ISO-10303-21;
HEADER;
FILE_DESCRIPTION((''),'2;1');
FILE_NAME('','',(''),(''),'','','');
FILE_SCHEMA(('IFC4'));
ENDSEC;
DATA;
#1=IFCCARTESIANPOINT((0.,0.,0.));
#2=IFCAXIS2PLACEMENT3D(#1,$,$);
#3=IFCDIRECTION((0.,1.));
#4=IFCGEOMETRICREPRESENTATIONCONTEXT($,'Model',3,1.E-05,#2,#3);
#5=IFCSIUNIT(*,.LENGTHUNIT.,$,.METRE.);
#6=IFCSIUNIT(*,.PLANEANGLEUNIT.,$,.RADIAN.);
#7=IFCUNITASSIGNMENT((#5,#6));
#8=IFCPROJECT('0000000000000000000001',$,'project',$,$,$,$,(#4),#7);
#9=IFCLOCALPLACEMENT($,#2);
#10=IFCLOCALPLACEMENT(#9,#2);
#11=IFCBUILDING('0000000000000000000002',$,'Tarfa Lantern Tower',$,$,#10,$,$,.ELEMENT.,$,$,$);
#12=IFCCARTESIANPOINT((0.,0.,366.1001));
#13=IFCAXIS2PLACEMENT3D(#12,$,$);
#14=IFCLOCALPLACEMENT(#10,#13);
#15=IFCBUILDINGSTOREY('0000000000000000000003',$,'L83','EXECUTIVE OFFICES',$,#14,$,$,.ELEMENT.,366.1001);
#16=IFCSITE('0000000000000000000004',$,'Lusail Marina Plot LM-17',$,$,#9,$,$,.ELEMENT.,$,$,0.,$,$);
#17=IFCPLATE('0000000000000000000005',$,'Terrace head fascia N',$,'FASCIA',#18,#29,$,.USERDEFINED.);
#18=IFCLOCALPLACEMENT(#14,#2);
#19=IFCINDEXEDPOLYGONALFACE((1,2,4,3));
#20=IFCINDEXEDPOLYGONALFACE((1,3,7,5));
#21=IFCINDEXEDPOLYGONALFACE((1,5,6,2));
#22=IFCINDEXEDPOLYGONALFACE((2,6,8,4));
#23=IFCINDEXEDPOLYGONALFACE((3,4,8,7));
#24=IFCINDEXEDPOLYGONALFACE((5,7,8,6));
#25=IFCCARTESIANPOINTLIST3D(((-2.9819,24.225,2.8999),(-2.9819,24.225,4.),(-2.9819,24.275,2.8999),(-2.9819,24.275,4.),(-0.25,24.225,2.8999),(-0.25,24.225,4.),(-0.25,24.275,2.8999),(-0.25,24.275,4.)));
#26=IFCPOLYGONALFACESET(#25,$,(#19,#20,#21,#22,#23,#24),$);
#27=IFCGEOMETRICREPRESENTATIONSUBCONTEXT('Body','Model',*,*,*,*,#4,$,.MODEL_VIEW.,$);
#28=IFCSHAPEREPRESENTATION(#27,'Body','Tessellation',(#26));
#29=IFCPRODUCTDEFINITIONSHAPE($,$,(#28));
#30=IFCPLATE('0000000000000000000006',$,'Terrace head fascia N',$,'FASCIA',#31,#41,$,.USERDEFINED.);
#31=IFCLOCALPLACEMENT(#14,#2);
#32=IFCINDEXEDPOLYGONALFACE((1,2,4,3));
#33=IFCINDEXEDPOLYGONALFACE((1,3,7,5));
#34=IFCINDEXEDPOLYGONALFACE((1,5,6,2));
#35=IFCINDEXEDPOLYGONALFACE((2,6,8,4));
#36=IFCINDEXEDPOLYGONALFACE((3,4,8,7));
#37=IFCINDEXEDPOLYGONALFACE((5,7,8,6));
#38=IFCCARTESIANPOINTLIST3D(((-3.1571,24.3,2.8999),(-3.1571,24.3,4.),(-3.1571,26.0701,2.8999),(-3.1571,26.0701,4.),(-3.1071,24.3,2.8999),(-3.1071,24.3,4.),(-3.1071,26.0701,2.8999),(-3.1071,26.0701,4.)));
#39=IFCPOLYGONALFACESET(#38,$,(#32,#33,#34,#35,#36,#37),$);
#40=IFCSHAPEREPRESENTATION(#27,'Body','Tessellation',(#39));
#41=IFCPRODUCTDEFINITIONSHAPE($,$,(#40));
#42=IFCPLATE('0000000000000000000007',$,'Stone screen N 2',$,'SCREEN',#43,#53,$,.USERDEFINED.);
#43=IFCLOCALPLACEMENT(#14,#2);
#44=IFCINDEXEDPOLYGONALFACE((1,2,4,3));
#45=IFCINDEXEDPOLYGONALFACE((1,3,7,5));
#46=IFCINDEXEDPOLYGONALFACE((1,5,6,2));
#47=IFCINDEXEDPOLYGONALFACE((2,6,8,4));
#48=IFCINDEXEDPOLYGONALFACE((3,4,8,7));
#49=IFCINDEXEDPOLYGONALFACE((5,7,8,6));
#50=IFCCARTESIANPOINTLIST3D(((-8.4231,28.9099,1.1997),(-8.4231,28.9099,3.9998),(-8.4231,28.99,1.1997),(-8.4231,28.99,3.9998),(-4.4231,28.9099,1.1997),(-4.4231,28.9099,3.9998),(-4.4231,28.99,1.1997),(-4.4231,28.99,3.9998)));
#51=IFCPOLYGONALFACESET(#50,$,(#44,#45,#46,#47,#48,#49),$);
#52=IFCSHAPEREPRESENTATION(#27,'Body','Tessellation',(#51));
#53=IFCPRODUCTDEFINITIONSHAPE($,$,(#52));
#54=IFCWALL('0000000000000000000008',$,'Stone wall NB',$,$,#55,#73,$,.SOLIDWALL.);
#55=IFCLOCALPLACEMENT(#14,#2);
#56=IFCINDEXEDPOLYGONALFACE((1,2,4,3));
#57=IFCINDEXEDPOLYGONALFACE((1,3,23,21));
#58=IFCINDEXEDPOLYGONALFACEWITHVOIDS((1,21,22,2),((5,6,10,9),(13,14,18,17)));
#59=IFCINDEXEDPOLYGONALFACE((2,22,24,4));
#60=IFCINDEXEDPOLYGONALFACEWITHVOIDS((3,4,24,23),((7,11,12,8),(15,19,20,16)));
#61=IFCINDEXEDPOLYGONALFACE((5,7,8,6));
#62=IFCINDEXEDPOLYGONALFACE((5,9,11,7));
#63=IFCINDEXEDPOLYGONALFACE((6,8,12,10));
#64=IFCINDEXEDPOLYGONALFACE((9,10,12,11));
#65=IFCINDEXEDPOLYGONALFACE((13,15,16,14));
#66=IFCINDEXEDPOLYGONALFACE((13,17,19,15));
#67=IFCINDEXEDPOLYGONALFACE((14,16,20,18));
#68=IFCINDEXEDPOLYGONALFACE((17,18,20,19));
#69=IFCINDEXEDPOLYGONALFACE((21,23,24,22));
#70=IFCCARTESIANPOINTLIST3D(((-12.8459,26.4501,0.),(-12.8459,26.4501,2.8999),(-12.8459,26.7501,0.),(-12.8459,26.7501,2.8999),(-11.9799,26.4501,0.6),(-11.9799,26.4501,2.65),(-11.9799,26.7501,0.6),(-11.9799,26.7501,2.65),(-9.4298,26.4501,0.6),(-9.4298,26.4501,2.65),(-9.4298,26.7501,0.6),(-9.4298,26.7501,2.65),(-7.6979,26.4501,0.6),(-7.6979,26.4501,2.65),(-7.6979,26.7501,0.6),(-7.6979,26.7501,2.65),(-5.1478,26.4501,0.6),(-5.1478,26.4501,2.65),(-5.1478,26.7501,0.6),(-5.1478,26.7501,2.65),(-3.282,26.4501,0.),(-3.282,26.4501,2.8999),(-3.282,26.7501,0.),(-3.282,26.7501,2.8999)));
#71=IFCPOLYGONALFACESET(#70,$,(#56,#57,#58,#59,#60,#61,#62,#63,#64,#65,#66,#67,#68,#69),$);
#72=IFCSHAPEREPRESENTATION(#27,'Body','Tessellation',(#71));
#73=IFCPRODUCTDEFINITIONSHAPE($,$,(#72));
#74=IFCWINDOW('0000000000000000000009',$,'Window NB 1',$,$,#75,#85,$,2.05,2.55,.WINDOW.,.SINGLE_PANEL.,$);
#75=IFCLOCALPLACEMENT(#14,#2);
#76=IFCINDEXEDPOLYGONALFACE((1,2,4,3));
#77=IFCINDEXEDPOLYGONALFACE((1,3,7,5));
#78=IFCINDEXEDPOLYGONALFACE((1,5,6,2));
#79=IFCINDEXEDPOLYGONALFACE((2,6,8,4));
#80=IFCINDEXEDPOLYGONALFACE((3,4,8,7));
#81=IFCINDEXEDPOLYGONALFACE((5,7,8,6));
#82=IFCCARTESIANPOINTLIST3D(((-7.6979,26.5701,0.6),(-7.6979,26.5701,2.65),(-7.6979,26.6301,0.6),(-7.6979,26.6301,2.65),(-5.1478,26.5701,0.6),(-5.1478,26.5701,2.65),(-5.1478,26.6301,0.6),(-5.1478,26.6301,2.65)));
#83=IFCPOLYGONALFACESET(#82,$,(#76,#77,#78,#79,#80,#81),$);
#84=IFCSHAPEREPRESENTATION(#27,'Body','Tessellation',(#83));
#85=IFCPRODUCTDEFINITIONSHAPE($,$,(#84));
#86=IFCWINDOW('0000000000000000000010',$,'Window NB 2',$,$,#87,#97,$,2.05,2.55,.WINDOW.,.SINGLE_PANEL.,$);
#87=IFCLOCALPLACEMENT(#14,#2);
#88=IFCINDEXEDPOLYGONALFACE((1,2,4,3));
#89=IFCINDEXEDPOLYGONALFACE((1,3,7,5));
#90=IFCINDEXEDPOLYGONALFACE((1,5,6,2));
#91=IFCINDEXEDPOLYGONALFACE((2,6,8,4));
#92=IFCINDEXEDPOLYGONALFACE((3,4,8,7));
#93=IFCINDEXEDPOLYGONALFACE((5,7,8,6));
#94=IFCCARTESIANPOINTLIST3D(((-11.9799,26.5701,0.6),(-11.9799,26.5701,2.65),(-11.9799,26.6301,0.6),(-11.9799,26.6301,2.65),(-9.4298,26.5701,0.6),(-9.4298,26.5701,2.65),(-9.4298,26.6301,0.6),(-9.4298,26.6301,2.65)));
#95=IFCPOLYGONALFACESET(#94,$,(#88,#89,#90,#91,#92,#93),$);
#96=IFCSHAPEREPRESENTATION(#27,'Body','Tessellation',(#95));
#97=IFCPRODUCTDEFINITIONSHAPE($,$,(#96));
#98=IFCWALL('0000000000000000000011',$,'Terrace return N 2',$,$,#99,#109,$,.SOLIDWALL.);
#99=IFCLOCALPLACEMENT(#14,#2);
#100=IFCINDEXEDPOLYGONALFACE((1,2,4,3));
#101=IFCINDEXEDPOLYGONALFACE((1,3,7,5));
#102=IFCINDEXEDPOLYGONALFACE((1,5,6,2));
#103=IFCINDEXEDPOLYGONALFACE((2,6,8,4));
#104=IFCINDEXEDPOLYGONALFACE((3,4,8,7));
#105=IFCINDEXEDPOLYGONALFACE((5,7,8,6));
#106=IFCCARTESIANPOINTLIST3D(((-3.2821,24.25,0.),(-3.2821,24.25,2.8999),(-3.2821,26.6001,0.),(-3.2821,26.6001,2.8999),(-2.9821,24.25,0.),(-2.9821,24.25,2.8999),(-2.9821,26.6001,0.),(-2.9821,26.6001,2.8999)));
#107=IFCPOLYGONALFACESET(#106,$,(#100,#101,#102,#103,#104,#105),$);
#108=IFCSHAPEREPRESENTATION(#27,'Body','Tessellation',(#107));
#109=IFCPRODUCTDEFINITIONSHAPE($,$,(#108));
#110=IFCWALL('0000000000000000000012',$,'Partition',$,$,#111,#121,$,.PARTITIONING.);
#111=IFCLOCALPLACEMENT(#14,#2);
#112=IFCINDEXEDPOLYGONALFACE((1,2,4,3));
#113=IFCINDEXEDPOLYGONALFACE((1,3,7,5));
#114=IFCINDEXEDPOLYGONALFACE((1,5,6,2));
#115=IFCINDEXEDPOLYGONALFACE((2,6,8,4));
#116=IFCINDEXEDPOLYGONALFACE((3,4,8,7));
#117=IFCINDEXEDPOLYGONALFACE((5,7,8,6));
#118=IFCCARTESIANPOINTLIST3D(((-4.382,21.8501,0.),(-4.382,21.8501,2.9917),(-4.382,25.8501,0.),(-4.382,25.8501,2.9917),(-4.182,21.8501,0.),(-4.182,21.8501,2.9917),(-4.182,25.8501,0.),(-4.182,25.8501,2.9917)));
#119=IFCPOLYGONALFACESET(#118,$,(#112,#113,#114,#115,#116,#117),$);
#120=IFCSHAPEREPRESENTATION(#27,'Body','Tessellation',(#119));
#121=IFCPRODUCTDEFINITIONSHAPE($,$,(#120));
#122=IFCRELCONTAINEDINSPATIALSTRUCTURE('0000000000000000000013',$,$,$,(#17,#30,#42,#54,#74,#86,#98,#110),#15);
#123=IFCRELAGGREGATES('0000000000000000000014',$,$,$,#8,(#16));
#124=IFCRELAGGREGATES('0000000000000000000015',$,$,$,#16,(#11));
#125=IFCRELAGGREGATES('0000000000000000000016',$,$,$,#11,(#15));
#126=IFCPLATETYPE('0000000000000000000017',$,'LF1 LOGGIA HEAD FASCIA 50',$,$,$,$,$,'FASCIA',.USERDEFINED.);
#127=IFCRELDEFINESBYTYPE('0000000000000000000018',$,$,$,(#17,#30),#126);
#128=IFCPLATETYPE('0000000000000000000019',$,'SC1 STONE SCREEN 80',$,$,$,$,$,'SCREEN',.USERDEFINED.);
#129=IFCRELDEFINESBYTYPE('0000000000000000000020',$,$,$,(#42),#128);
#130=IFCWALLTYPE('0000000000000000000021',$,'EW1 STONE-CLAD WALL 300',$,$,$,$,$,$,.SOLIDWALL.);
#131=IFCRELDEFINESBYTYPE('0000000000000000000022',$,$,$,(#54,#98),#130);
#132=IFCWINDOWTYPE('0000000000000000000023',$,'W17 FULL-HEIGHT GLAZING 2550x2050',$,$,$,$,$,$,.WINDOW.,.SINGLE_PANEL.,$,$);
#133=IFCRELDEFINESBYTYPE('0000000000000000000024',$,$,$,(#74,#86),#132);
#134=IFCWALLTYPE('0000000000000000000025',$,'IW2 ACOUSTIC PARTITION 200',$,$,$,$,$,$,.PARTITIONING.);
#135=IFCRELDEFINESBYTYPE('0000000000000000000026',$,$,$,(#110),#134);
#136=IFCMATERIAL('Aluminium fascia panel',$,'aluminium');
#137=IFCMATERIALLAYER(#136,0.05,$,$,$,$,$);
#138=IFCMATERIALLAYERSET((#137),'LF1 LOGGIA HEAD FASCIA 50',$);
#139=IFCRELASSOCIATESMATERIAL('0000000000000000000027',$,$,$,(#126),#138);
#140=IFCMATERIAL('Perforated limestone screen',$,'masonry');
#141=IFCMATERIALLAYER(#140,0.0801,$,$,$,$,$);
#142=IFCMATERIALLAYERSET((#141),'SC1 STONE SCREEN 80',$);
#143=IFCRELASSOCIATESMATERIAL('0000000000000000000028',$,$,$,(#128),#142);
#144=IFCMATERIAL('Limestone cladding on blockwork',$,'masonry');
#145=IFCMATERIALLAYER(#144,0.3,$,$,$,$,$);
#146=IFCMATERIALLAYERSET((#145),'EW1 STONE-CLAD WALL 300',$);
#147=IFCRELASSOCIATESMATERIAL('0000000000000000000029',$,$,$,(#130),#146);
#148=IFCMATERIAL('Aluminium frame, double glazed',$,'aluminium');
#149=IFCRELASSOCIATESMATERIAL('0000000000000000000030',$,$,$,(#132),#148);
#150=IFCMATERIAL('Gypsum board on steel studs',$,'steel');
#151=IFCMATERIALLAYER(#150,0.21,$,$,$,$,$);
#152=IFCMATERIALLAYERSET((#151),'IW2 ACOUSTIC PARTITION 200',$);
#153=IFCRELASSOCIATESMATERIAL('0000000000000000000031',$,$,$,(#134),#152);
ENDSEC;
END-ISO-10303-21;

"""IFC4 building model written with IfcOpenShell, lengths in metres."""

from ifc_helpers import new_model, si_unit, direction, frame, frame_2d, origin, origin_2d, place, context, subcontext, project, spatial, rectangle, extrude, material, layer, layer_set, type_object, element, fill, save


model = new_model("IFC4")

# Units and contexts
model_context = context("Model", 3, precision=1e-05, world=origin(), true_north=direction((0.0, 1.0)))
body_context = subcontext(model_context, "Body", "Model", "MODEL_VIEW")
ifc_project = project(units=[si_unit("LENGTHUNIT", "METRE"), si_unit("PLANEANGLEUNIT", "RADIAN")], contexts=[model_context])

# Site, building, storey
site_placement = place(None, origin())
site = spatial("IfcSite", under=ifc_project, at=site_placement, Name="Lusail Marina Plot LM-17", CompositionType="ELEMENT", RefElevation=0.0)
building_placement = place(site_placement, origin())
building = spatial("IfcBuilding", under=site, at=building_placement, Name="Tarfa Lantern Tower", CompositionType="ELEMENT")
storey_placement = place(building_placement, frame((0.0, 0.0, 366.1001)))
storey = spatial("IfcBuildingStorey", under=building, at=storey_placement, Name="L83", Description="EXECUTIVE OFFICES", CompositionType="ELEMENT", Elevation=366.1001)

# Plates
ifc_material_1 = material(Name="Aluminium fascia panel", Category="aluminium")
ifc_layer_1 = layer(ifc_material_1, 0.05)
ifc_layer_set_1 = layer_set([ifc_layer_1], Name="LF1 LOGGIA HEAD FASCIA 50")
plate_type_1 = type_object("IfcPlateType", Name="LF1 LOGGIA HEAD FASCIA 50", ElementType="FASCIA", PredefinedType="USERDEFINED", material=ifc_layer_set_1)
plate_1_placement = place(storey_placement, frame((-1.616, 24.25, 2.8999), z_axis=(0.0, 0.0, 1.0), x_axis=(-1.0, 0.0, 0.0)))
element("IfcPlate", 1, at=plate_1_placement, inside=storey, type_object=plate_type_1, Name="Terrace head fascia N", ObjectType="FASCIA", PredefinedType="USERDEFINED", context=body_context, shape_type="SweptSolid", body=[
    extrude(rectangle(XDim=2.7319, YDim=0.05, at=origin_2d()), origin(), (0.0, 0.0, 1.0), 1.1001),
])
plate_2_placement = place(storey_placement, frame((-3.1321, 25.1851, 2.8999), z_axis=(0.0, 0.0, 1.0), x_axis=(0.0, -1.0, 0.0)))
element("IfcPlate", 2, at=plate_2_placement, inside=storey, type_object=plate_type_1, Name="Terrace head fascia N", ObjectType="FASCIA", PredefinedType="USERDEFINED", context=body_context, shape_type="SweptSolid", body=[
    extrude(rectangle(XDim=1.77, YDim=0.05, at=origin_2d()), origin(), (0.0, 0.0, 1.0), 1.1001),
])
ifc_material_2 = material(Name="Perforated limestone screen", Category="masonry")
ifc_layer_2 = layer(ifc_material_2, 0.0801)
ifc_layer_set_2 = layer_set([ifc_layer_2], Name="SC1 STONE SCREEN 80")
plate_type_2 = type_object("IfcPlateType", Name="SC1 STONE SCREEN 80", ElementType="SCREEN", PredefinedType="USERDEFINED", material=ifc_layer_set_2)
plate_3_placement = place(storey_placement, frame((-6.4231, 28.95, 1.1997), z_axis=(0.0, 0.0, 1.0), x_axis=(-1.0, 0.0, 0.0)))
element("IfcPlate", 3, at=plate_3_placement, inside=storey, type_object=plate_type_2, Name="Stone screen N 2", ObjectType="SCREEN", PredefinedType="USERDEFINED", context=body_context, shape_type="SweptSolid", body=[
    extrude(rectangle(XDim=4.0, YDim=0.0801, at=origin_2d()), origin(), (0.0, 0.0, 1.0), 2.8),
])

# Wall, openings, windows
ifc_material_3 = material(Name="Limestone cladding on blockwork", Category="masonry")
ifc_layer_3 = layer(ifc_material_3, 0.3)
ifc_layer_set_3 = layer_set([ifc_layer_3], Name="EW1 STONE-CLAD WALL 300")
wall_type_1 = type_object("IfcWallType", Name="EW1 STONE-CLAD WALL 300", PredefinedType="SOLIDWALL", material=ifc_layer_set_3)
wall_1_placement = place(storey_placement, frame((-3.282, 26.6001, 0.0), z_axis=(0.0, 0.0, 1.0), x_axis=(-1.0, 0.0, 0.0)))
wall_1 = element("IfcWall", 4, at=wall_1_placement, inside=storey, type_object=wall_type_1, Name="Stone wall NB", PredefinedType="SOLIDWALL", context=body_context, shape_type="SweptSolid", body=[
    extrude(rectangle(XDim=9.564, YDim=0.3, at=frame_2d((4.782, 0.0))), origin(), (0.0, 0.0, 1.0), 2.8999),
])
opening_1_placement = place(wall_1_placement, frame((1.866, 0.0, 0.6001)))
opening_1 = element("IfcOpeningElement", 5, at=opening_1_placement, cuts=wall_1, PredefinedType="OPENING", context=body_context, shape_type="SweptSolid", body=[
    extrude(rectangle(XDim=2.55, YDim=2.05, at=frame_2d((1.2749, 1.0249))), frame((0.0, 0.1599, 0.0), z_axis=(0.0, -1.0, 0.0), x_axis=(1.0, 0.0, 0.0)), (0.0, 0.0, 1.0), 0.3201),
])
opening_2_placement = place(wall_1_placement, frame((6.1479, 0.0, 0.6001)))
opening_2 = element("IfcOpeningElement", 6, at=opening_2_placement, cuts=wall_1, PredefinedType="OPENING", context=body_context, shape_type="SweptSolid", body=[
    extrude(rectangle(XDim=2.55, YDim=2.05, at=frame_2d((1.2749, 1.0249))), frame((0.0, 0.1599, 0.0), z_axis=(0.0, -1.0, 0.0), x_axis=(1.0, 0.0, 0.0)), (0.0, 0.0, 1.0), 0.3201),
])
ifc_material_4 = material(Name="Aluminium frame, double glazed", Category="aluminium")
window_type = type_object("IfcWindowType", Name="W17 FULL-HEIGHT GLAZING 2550x2050", PartitioningType="SINGLE_PANEL", PredefinedType="WINDOW", material=ifc_material_4)
window_1_placement = place(opening_1_placement, origin())
window_1 = element("IfcWindow", 7, at=window_1_placement, inside=storey, type_object=window_type, Name="Window NB 1", OverallHeight=2.05, OverallWidth=2.55, PartitioningType="SINGLE_PANEL", PredefinedType="WINDOW", context=body_context, shape_type="SweptSolid", body=[
    extrude(rectangle(XDim=2.55, YDim=2.05, at=frame_2d((1.2749, 1.0249))), frame((0.0, 0.03, 0.0), z_axis=(0.0, -1.0, 0.0), x_axis=(1.0, 0.0, 0.0)), (0.0, 0.0, 1.0), 0.0601),
])
fill(opening_1, window_1)
window_2_placement = place(opening_2_placement, origin())
window_2 = element("IfcWindow", 8, at=window_2_placement, inside=storey, type_object=window_type, Name="Window NB 2", OverallHeight=2.05, OverallWidth=2.55, PartitioningType="SINGLE_PANEL", PredefinedType="WINDOW", context=body_context, shape_type="SweptSolid", body=[
    extrude(rectangle(XDim=2.55, YDim=2.05, at=frame_2d((1.2749, 1.0249))), frame((0.0, 0.03, 0.0), z_axis=(0.0, -1.0, 0.0), x_axis=(1.0, 0.0, 0.0)), (0.0, 0.0, 1.0), 0.0601),
])
fill(opening_2, window_2)

# Walls
wall_2_placement = place(storey_placement, frame((-3.1321, 26.6001, 0.0), z_axis=(0.0, 0.0, 1.0), x_axis=(0.0, -1.0, 0.0)))
element("IfcWall", 9, at=wall_2_placement, inside=storey, type_object=wall_type_1, Name="Terrace return N 2", PredefinedType="SOLIDWALL", context=body_context, shape_type="SweptSolid", body=[
    extrude(rectangle(XDim=2.3501, YDim=0.3, at=frame_2d((1.175, 0.0))), origin(), (0.0, 0.0, 1.0), 2.8999),
])
ifc_material_5 = material(Name="Gypsum board on steel studs", Category="steel")
ifc_layer_4 = layer(ifc_material_5, 0.21)
ifc_layer_set_4 = layer_set([ifc_layer_4], Name="IW2 ACOUSTIC PARTITION 200")
wall_type_2 = type_object("IfcWallType", Name="IW2 ACOUSTIC PARTITION 200", PredefinedType="PARTITIONING", material=ifc_layer_set_4)
wall_3_placement = place(storey_placement, frame((-4.282, 21.8501, 0.0), z_axis=(0.0, 0.0, 1.0), x_axis=(0.0, 1.0, 0.0)))
element("IfcWall", 10, at=wall_3_placement, inside=storey, type_object=wall_type_2, Name="Partition", PredefinedType="PARTITIONING", context=body_context, shape_type="SweptSolid", body=[
    extrude(rectangle(XDim=4.0, YDim=0.2, at=frame_2d((2.0, 0.0))), origin(), (0.0, 0.0, 1.0), 2.9917),
])

save(model, "model.ifc")
